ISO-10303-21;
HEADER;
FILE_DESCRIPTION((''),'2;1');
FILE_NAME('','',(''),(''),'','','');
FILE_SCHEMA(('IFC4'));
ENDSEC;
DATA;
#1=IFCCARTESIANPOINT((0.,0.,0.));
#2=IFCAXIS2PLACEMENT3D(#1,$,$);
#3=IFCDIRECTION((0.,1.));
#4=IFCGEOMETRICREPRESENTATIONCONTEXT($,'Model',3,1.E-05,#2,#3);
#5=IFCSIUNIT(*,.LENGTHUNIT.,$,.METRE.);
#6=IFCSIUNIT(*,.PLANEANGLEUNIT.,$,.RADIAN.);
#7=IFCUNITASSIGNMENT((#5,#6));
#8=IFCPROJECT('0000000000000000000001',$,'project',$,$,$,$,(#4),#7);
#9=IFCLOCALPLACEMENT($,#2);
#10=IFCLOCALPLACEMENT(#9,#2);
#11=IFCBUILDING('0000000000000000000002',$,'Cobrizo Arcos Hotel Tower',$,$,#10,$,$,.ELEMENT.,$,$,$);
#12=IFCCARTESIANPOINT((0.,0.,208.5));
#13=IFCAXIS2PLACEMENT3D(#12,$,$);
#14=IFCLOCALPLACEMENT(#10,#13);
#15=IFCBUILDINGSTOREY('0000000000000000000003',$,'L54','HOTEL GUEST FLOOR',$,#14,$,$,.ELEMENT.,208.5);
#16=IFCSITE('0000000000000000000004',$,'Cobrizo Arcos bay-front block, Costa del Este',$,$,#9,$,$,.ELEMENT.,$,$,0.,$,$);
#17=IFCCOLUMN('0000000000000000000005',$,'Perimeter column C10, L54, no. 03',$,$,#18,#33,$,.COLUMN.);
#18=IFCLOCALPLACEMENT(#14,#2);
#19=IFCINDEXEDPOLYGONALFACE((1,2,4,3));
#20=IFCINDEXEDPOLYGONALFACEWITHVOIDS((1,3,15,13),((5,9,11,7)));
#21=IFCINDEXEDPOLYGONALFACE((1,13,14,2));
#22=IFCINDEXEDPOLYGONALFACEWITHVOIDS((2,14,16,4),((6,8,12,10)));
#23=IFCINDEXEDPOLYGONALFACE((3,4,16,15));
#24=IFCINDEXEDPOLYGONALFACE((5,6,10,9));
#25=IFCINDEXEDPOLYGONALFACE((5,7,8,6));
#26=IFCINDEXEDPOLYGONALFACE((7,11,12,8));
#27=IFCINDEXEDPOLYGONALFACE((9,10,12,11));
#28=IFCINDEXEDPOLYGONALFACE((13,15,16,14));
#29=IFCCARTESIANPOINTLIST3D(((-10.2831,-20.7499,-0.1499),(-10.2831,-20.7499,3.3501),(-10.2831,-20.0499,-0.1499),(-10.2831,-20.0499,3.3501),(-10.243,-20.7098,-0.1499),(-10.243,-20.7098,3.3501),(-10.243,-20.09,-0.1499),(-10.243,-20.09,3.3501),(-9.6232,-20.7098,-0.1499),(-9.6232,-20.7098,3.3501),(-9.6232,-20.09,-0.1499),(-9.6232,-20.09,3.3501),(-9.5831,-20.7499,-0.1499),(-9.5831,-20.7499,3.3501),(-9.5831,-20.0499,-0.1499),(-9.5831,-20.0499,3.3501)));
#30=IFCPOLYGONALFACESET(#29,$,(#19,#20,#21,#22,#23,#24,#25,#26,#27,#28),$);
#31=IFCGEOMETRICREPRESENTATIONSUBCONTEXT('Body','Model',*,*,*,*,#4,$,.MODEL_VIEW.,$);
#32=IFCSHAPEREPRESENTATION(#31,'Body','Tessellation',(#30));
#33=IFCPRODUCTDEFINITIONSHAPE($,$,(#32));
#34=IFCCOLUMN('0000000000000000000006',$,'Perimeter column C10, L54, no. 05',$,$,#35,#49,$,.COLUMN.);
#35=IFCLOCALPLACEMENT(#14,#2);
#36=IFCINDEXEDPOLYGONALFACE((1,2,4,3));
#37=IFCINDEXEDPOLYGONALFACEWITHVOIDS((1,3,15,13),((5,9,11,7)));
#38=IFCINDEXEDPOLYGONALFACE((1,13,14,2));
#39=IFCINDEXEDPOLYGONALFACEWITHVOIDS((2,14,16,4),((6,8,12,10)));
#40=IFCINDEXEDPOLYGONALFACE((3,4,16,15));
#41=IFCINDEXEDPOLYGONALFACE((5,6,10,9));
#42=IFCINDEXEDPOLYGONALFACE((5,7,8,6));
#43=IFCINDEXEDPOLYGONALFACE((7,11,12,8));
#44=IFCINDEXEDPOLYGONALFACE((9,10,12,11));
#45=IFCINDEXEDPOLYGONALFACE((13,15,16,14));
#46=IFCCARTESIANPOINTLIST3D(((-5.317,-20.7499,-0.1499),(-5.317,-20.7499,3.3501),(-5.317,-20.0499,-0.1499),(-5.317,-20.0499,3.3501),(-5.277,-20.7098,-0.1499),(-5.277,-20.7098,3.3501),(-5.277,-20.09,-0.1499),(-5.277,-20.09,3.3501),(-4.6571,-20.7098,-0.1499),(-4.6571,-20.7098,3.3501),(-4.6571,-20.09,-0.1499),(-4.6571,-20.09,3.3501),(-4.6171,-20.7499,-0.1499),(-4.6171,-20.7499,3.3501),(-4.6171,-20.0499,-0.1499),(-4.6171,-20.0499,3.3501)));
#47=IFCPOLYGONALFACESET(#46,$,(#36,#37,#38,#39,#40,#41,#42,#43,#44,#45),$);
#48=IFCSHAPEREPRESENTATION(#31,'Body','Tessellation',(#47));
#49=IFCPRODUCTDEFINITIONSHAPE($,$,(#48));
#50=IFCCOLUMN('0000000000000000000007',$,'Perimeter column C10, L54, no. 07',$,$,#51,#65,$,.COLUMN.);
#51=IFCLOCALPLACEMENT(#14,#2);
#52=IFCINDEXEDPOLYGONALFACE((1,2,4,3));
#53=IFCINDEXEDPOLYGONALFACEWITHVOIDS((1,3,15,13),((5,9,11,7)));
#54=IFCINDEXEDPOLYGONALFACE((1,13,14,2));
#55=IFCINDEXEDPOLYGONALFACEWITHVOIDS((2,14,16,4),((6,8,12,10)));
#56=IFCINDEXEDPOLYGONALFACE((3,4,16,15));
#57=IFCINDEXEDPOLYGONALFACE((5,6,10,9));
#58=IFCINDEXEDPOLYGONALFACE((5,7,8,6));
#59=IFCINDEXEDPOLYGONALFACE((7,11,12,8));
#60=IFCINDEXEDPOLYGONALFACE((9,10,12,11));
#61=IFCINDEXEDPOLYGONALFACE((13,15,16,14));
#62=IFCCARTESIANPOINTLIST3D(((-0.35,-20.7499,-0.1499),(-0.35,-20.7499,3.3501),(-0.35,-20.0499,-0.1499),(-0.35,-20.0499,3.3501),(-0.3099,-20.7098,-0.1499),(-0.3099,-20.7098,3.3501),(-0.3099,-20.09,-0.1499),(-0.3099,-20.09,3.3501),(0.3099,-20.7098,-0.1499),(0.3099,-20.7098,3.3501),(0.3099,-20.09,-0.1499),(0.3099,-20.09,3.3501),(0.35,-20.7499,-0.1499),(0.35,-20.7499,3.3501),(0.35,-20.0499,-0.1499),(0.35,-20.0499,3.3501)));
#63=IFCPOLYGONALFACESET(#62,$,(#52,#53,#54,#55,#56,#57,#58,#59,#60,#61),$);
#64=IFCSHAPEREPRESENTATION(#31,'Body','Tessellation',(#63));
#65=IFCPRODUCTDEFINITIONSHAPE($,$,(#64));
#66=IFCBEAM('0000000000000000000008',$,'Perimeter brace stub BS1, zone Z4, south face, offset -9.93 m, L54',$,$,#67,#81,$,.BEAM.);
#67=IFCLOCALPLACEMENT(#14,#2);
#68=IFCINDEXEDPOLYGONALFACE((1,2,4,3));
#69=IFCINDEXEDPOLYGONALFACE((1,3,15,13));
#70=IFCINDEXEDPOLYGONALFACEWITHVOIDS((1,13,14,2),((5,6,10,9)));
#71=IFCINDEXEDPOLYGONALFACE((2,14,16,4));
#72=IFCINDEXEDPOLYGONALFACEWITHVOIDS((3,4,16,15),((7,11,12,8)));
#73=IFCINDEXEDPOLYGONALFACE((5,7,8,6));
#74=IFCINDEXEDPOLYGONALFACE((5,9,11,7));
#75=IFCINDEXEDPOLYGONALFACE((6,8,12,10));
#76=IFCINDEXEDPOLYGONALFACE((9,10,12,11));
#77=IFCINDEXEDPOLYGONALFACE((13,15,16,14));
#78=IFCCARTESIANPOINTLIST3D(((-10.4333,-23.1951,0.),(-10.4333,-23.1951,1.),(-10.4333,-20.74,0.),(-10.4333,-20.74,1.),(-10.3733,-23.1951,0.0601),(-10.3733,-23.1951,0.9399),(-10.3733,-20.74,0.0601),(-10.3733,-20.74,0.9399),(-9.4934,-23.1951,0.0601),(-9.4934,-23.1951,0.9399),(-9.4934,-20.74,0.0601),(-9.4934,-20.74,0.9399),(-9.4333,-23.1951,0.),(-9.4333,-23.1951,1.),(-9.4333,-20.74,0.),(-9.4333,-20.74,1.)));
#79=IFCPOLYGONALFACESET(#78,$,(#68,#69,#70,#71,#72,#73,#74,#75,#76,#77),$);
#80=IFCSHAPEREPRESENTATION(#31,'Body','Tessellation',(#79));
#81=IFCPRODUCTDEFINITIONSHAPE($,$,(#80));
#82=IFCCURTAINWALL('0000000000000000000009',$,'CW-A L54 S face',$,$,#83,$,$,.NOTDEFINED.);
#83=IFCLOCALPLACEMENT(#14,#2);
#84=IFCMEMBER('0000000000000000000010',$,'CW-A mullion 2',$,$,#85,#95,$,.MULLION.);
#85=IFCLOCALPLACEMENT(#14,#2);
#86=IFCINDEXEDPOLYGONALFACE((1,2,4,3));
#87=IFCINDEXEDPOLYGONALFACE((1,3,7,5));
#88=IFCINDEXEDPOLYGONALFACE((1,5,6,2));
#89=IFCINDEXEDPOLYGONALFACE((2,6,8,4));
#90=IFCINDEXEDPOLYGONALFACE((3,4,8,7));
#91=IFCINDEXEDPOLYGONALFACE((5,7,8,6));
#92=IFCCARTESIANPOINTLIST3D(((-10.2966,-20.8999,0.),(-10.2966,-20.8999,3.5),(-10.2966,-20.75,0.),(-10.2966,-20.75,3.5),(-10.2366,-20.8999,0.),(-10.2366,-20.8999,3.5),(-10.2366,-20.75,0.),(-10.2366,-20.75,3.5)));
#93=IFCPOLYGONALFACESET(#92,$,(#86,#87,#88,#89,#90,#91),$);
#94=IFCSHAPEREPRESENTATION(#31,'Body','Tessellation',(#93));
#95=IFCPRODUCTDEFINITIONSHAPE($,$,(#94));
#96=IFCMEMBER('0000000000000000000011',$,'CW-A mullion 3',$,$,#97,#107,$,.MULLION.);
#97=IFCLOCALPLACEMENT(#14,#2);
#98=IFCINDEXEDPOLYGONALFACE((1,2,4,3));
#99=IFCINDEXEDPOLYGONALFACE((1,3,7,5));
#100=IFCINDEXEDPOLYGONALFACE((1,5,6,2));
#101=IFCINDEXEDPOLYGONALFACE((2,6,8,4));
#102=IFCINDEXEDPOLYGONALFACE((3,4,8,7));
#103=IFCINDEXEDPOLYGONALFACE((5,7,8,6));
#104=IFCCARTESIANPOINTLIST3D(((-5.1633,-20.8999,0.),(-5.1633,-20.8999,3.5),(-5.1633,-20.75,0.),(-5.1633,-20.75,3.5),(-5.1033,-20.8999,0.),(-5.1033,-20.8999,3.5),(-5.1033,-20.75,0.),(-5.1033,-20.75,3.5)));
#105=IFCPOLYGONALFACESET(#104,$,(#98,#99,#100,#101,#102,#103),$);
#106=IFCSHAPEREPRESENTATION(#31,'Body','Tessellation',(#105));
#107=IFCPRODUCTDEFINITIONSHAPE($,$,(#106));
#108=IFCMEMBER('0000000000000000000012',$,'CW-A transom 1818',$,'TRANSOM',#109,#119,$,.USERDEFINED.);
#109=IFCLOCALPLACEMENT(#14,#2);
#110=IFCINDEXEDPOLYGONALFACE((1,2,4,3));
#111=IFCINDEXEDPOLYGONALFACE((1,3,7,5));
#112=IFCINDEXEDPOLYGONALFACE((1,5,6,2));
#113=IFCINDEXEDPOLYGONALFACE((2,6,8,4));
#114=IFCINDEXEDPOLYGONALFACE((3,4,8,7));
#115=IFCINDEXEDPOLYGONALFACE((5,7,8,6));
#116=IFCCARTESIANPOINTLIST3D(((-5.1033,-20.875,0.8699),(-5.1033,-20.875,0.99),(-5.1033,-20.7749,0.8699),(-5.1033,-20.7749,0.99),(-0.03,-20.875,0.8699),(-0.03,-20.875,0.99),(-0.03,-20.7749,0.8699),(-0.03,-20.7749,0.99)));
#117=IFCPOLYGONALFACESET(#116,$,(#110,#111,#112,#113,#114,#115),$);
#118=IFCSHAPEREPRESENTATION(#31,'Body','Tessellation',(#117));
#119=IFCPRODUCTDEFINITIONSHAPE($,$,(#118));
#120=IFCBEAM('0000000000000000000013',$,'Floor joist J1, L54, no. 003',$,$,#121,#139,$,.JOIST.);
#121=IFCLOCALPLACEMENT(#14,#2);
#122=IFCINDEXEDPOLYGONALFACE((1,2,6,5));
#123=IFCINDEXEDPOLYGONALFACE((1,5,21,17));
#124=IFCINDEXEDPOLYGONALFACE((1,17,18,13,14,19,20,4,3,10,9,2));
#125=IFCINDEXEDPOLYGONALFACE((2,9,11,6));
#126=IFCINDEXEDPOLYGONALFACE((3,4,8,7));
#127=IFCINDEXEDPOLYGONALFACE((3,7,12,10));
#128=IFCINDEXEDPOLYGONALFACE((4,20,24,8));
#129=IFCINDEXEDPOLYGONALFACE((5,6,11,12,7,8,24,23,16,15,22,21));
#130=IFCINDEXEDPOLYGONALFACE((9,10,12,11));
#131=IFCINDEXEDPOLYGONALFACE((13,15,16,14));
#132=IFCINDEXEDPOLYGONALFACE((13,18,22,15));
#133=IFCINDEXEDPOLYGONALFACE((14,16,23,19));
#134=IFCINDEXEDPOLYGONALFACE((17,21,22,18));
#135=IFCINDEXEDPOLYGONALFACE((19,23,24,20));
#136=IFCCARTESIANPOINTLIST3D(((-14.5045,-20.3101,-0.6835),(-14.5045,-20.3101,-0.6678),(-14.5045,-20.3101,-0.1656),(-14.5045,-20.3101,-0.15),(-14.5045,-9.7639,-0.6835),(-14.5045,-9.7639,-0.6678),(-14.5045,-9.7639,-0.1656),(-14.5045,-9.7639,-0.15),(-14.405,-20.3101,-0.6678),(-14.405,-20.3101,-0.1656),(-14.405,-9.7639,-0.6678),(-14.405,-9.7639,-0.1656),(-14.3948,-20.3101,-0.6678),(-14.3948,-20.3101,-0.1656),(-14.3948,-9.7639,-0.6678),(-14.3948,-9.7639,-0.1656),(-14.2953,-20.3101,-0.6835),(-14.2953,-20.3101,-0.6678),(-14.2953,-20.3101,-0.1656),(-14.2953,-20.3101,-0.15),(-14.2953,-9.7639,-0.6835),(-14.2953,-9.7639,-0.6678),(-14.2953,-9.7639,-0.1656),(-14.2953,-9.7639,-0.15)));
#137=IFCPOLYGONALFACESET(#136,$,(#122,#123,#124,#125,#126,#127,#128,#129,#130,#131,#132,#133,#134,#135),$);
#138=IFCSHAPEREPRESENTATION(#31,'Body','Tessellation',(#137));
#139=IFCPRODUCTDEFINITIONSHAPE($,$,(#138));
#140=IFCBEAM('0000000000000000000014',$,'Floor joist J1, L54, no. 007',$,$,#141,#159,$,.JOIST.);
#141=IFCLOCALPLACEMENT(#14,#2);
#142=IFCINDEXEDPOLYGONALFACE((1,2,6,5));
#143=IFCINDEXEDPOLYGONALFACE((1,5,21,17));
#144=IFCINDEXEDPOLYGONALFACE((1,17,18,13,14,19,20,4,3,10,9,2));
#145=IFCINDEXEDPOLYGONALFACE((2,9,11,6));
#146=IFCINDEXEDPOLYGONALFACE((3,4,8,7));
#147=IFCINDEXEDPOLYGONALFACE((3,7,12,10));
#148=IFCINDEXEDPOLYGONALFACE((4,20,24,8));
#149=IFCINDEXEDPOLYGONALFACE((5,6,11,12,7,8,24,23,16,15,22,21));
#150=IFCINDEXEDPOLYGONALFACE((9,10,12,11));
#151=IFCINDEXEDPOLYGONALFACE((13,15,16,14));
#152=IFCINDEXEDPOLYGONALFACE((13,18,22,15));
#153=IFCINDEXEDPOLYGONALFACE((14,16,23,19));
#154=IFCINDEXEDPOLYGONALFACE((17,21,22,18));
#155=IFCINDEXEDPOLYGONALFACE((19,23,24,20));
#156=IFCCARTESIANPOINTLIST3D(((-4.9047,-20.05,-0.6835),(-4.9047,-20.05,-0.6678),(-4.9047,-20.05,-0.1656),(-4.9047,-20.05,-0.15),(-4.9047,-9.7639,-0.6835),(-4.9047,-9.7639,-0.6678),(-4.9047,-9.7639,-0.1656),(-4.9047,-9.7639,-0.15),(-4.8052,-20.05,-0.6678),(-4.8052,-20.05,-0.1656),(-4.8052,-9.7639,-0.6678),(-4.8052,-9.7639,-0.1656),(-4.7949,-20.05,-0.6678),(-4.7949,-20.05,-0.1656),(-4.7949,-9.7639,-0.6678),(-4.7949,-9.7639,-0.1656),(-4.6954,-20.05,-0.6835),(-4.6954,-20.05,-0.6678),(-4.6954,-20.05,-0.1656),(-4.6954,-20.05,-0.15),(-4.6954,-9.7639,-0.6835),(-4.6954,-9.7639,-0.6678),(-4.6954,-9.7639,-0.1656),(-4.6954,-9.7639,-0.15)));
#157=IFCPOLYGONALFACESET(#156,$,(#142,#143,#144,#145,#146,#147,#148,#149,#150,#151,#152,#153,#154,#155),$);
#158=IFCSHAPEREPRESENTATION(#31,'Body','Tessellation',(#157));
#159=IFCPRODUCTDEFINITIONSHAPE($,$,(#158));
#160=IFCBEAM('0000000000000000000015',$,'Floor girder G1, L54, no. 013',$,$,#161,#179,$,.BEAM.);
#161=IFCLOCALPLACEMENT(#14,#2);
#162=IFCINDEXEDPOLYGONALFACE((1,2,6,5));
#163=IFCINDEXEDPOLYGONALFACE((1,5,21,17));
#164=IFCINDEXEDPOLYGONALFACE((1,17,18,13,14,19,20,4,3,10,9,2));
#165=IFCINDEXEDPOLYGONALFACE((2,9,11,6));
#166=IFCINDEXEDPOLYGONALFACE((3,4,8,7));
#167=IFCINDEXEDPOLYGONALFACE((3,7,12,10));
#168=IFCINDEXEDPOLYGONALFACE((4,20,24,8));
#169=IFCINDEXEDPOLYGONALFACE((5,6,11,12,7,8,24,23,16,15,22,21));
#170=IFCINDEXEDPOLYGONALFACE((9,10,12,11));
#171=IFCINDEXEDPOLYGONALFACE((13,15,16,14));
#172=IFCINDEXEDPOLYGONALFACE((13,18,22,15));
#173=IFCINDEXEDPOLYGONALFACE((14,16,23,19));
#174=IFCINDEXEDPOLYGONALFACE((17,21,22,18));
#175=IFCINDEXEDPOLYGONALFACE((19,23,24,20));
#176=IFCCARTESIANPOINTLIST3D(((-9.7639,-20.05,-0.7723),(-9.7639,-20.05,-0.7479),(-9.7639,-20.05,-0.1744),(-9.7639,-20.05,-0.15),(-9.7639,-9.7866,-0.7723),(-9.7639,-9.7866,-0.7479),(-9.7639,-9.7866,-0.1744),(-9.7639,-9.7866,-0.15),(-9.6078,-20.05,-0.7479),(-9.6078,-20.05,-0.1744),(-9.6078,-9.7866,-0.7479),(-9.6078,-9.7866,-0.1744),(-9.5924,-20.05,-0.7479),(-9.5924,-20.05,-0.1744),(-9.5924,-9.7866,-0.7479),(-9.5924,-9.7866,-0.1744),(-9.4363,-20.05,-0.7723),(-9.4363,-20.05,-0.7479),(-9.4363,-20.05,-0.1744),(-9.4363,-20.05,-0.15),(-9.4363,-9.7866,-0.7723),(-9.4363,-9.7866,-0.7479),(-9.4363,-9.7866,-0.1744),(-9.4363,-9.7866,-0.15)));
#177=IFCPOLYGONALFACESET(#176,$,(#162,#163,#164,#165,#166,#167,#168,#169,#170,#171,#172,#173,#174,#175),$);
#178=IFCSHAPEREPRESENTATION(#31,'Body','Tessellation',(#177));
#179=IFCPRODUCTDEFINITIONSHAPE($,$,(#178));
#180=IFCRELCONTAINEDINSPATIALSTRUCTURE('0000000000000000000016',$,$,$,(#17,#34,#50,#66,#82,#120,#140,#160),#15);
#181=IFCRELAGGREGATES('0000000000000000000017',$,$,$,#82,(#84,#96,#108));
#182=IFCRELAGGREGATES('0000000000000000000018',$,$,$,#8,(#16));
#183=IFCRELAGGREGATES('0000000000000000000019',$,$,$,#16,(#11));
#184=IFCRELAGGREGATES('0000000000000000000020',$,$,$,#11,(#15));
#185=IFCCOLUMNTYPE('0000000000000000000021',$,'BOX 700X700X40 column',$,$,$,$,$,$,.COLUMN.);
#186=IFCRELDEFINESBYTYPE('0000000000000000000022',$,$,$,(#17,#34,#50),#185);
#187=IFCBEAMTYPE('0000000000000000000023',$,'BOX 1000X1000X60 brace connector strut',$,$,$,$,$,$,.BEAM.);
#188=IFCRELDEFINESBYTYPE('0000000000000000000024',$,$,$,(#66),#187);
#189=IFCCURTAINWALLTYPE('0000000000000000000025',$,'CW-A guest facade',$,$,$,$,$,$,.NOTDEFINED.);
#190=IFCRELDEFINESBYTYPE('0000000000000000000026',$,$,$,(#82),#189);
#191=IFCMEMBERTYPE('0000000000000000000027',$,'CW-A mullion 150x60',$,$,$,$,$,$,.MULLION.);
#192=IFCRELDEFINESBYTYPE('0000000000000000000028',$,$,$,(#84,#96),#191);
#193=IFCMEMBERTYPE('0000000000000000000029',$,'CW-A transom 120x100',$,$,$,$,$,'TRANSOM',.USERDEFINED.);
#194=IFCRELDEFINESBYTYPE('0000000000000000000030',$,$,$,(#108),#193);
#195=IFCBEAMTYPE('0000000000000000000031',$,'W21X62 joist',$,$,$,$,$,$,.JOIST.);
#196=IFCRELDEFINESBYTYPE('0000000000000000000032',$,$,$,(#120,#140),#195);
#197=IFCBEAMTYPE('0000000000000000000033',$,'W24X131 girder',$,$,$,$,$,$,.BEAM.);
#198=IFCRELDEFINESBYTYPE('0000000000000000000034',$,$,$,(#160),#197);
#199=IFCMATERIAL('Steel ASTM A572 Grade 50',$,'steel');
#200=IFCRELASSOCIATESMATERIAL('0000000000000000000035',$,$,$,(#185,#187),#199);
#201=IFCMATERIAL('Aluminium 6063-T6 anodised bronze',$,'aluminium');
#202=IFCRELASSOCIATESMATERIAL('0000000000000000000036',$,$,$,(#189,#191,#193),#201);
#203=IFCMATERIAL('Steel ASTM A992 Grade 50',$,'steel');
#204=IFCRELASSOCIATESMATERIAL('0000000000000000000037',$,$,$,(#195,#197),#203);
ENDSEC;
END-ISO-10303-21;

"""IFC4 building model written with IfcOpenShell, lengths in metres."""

from ifc_helpers import new_model, si_unit, direction, frame, origin, origin_2d, place, context, subcontext, project, spatial, rectangle, hollow_rectangle, i_section, extrude, material, material_profile, profile_set, type_object, element, aggregate, save


model = new_model("IFC4")

# Units and contexts
model_context = context("Model", 3, precision=1e-05, world=origin(), true_north=direction((0.0, 1.0)))
body_context = subcontext(model_context, "Body", "Model", "MODEL_VIEW")
ifc_project = project(units=[si_unit("LENGTHUNIT", "METRE"), si_unit("PLANEANGLEUNIT", "RADIAN")], contexts=[model_context])

# Site, building, storey
site_placement = place(None, origin())
site = spatial("IfcSite", under=ifc_project, at=site_placement, Name="Cobrizo Arcos bay-front block, Costa del Este", CompositionType="ELEMENT", RefElevation=0.0)
building_placement = place(site_placement, origin())
building = spatial("IfcBuilding", under=site, at=building_placement, Name="Cobrizo Arcos Hotel Tower", CompositionType="ELEMENT")
storey_placement = place(building_placement, frame((0.0, 0.0, 208.5)))
storey = spatial("IfcBuildingStorey", under=building, at=storey_placement, Name="L54", Description="HOTEL GUEST FLOOR", CompositionType="ELEMENT", Elevation=208.5)

# Columns
ifc_material_1 = material(Name="Steel ASTM A572 Grade 50", Category="steel")
ifc_material_profile_1 = material_profile(ifc_material_1, hollow_rectangle(XDim=0.7, YDim=0.7, WallThickness=0.04, at=origin_2d()), Name="BOX 700X700X40")
ifc_profile_set_1 = profile_set([ifc_material_profile_1], Name="Steel ASTM A572 Grade 50")
column_type = type_object("IfcColumnType", Name="BOX 700X700X40 column", PredefinedType="COLUMN", material=ifc_profile_set_1)
for number, where, z_axis, x_axis, name in (
    (1, (-9.9331, -20.3999, -0.1499), (0.0, 0.0, 1.0), (1.0, 0.0, 0.0), "Perimeter column C10, L54, no. 03"),
    (2, (-4.967, -20.3999, -0.1499), (0.0, 0.0, 1.0), (1.0, 0.0, 0.0), "Perimeter column C10, L54, no. 05"),
    (3, (0.0, -20.3999, -0.1499), (0.0, 0.0, 1.0), (1.0, 0.0, 0.0), "Perimeter column C10, L54, no. 07"),
):
    element("IfcColumn", number, at=place(storey_placement, frame(where, z_axis=z_axis, x_axis=x_axis)), inside=storey, type_object=column_type, Name=name, PredefinedType="COLUMN", context=body_context, shape_type="SweptSolid", body=[
        extrude(hollow_rectangle(XDim=0.7, YDim=0.7, WallThickness=0.04, at=origin_2d()), origin(), (0.0, 0.0, 1.0), 3.5),
    ])

# Beam
ifc_material_profile_2 = material_profile(ifc_material_1, hollow_rectangle(XDim=1.0, YDim=1.0, WallThickness=0.0601, at=origin_2d()), Name="BOX 1000X1000X60")
ifc_profile_set_2 = profile_set([ifc_material_profile_2], Name="Steel ASTM A572 Grade 50")
beam_type_1 = type_object("IfcBeamType", Name="BOX 1000X1000X60 brace connector strut", PredefinedType="BEAM", material=ifc_profile_set_2)
beam_1_placement = place(storey_placement, frame((-9.9333, -20.74, 0.5), z_axis=(0.0, -1.0, 0.0), x_axis=(1.0, 0.0, 0.0)))
element("IfcBeam", 4, at=beam_1_placement, inside=storey, type_object=beam_type_1, Name="Perimeter brace stub BS1, zone Z4, south face, offset -9.93 m, L54", PredefinedType="BEAM", context=body_context, shape_type="SweptSolid", body=[
    extrude(hollow_rectangle(XDim=1.0, YDim=1.0, WallThickness=0.0601, at=origin_2d()), origin(), (0.0, 0.0, 1.0), 2.4551),
])

# Curtain wall, members
ifc_material_2 = material(Name="Aluminium 6063-T6 anodised bronze", Category="aluminium")
curtain_wall_type = type_object("IfcCurtainWallType", Name="CW-A guest facade", PredefinedType="NOTDEFINED", material=ifc_material_2)
curtain_wall_placement = place(storey_placement, origin())
curtain_wall = element("IfcCurtainWall", 5, at=curtain_wall_placement, inside=storey, type_object=curtain_wall_type, Name="CW-A L54 S face", PredefinedType="NOTDEFINED")
ifc_material_profile_3 = material_profile(ifc_material_2, rectangle(XDim=0.1499, YDim=0.0601, at=origin_2d()), Name="CW-A mullion 150x60")
ifc_profile_set_3 = profile_set([ifc_material_profile_3], Name="Aluminium 6063-T6 anodised bronze")
member_type_1 = type_object("IfcMemberType", Name="CW-A mullion 150x60", PredefinedType="MULLION", material=ifc_profile_set_3)
member_1_placement = place(storey_placement, frame((-10.2666, -20.825, 0.0), z_axis=(0.0, 0.0, 1.0), x_axis=(0.0, -1.0, 0.0)))
member_1 = element("IfcMember", 6, at=member_1_placement, type_object=member_type_1, Name="CW-A mullion 2", PredefinedType="MULLION", context=body_context, shape_type="SweptSolid", body=[
    extrude(rectangle(XDim=0.1499, YDim=0.0601, at=origin_2d()), origin(), (0.0, 0.0, 1.0), 3.5),
])
member_2_placement = place(storey_placement, frame((-5.1333, -20.825, 0.0), z_axis=(0.0, 0.0, 1.0), x_axis=(0.0, -1.0, 0.0)))
member_2 = element("IfcMember", 7, at=member_2_placement, type_object=member_type_1, Name="CW-A mullion 3", PredefinedType="MULLION", context=body_context, shape_type="SweptSolid", body=[
    extrude(rectangle(XDim=0.1499, YDim=0.0601, at=origin_2d()), origin(), (0.0, 0.0, 1.0), 3.5),
])
ifc_material_profile_4 = material_profile(ifc_material_2, rectangle(XDim=0.1001, YDim=0.1201, at=origin_2d()), Name="CW-A transom 120x100")
ifc_profile_set_4 = profile_set([ifc_material_profile_4], Name="Aluminium 6063-T6 anodised bronze")
member_type_2 = type_object("IfcMemberType", Name="CW-A transom 120x100", ElementType="TRANSOM", PredefinedType="USERDEFINED", material=ifc_profile_set_4)
member_3_placement = place(storey_placement, frame((-5.1033, -20.825, 0.9299), z_axis=(1.0, 0.0, 0.0), x_axis=(0.0, 1.0, 0.0)))
member_3 = element("IfcMember", 8, at=member_3_placement, type_object=member_type_2, Name="CW-A transom 1818", ObjectType="TRANSOM", PredefinedType="USERDEFINED", context=body_context, shape_type="SweptSolid", body=[
    extrude(rectangle(XDim=0.1001, YDim=0.1201, at=origin_2d()), origin(), (0.0, 0.0, 1.0), 5.0732),
])

# Beams
ifc_material_3 = material(Name="Steel ASTM A992 Grade 50", Category="steel")
ifc_material_profile_5 = material_profile(ifc_material_3, i_section(OverallWidth=0.2092, OverallDepth=0.5334, WebThickness=0.0103, FlangeThickness=0.0156, at=origin_2d()), Name="W21X62")
ifc_profile_set_5 = profile_set([ifc_material_profile_5], Name="Steel ASTM A992 Grade 50")
beam_type_2 = type_object("IfcBeamType", Name="W21X62 joist", PredefinedType="JOIST", material=ifc_profile_set_5)
beam_2_placement = place(storey_placement, frame((-14.3999, -20.3101, -0.4167), z_axis=(0.0, 1.0, 0.0), x_axis=(-1.0, 0.0, 0.0)))
element("IfcBeam", 9, at=beam_2_placement, inside=storey, type_object=beam_type_2, Name="Floor joist J1, L54, no. 003", PredefinedType="JOIST", context=body_context, shape_type="SweptSolid", body=[
    extrude(i_section(OverallWidth=0.2092, OverallDepth=0.5334, WebThickness=0.0103, FlangeThickness=0.0156, at=origin_2d()), origin(), (0.0, 0.0, 1.0), 10.5461),
])
beam_3_placement = place(storey_placement, frame((-4.8, -20.05, -0.4167), z_axis=(0.0, 1.0, 0.0), x_axis=(-1.0, 0.0, 0.0)))
element("IfcBeam", 10, at=beam_3_placement, inside=storey, type_object=beam_type_2, Name="Floor joist J1, L54, no. 007", PredefinedType="JOIST", context=body_context, shape_type="SweptSolid", body=[
    extrude(i_section(OverallWidth=0.2092, OverallDepth=0.5334, WebThickness=0.0103, FlangeThickness=0.0156, at=origin_2d()), origin(), (0.0, 0.0, 1.0), 10.2861),
])
ifc_material_profile_6 = material_profile(ifc_material_3, i_section(OverallWidth=0.3276, OverallDepth=0.6223, WebThickness=0.0154, FlangeThickness=0.0244, at=origin_2d()), Name="W24X131")
ifc_profile_set_6 = profile_set([ifc_material_profile_6], Name="Steel ASTM A992 Grade 50")
beam_type_3 = type_object("IfcBeamType", Name="W24X131 girder", PredefinedType="BEAM", material=ifc_profile_set_6)
beam_4_placement = place(storey_placement, frame((-9.6001, -20.05, -0.4612), z_axis=(0.0, 1.0, 0.0), x_axis=(-1.0, 0.0, 0.0)))
element("IfcBeam", 11, at=beam_4_placement, inside=storey, type_object=beam_type_3, Name="Floor girder G1, L54, no. 013", PredefinedType="BEAM", context=body_context, shape_type="SweptSolid", body=[
    extrude(i_section(OverallWidth=0.3276, OverallDepth=0.6223, WebThickness=0.0154, FlangeThickness=0.0244, at=origin_2d()), origin(), (0.0, 0.0, 1.0), 10.2634),
])

aggregate(curtain_wall, [member_1, member_2, member_3])

save(model, "model.ifc")
